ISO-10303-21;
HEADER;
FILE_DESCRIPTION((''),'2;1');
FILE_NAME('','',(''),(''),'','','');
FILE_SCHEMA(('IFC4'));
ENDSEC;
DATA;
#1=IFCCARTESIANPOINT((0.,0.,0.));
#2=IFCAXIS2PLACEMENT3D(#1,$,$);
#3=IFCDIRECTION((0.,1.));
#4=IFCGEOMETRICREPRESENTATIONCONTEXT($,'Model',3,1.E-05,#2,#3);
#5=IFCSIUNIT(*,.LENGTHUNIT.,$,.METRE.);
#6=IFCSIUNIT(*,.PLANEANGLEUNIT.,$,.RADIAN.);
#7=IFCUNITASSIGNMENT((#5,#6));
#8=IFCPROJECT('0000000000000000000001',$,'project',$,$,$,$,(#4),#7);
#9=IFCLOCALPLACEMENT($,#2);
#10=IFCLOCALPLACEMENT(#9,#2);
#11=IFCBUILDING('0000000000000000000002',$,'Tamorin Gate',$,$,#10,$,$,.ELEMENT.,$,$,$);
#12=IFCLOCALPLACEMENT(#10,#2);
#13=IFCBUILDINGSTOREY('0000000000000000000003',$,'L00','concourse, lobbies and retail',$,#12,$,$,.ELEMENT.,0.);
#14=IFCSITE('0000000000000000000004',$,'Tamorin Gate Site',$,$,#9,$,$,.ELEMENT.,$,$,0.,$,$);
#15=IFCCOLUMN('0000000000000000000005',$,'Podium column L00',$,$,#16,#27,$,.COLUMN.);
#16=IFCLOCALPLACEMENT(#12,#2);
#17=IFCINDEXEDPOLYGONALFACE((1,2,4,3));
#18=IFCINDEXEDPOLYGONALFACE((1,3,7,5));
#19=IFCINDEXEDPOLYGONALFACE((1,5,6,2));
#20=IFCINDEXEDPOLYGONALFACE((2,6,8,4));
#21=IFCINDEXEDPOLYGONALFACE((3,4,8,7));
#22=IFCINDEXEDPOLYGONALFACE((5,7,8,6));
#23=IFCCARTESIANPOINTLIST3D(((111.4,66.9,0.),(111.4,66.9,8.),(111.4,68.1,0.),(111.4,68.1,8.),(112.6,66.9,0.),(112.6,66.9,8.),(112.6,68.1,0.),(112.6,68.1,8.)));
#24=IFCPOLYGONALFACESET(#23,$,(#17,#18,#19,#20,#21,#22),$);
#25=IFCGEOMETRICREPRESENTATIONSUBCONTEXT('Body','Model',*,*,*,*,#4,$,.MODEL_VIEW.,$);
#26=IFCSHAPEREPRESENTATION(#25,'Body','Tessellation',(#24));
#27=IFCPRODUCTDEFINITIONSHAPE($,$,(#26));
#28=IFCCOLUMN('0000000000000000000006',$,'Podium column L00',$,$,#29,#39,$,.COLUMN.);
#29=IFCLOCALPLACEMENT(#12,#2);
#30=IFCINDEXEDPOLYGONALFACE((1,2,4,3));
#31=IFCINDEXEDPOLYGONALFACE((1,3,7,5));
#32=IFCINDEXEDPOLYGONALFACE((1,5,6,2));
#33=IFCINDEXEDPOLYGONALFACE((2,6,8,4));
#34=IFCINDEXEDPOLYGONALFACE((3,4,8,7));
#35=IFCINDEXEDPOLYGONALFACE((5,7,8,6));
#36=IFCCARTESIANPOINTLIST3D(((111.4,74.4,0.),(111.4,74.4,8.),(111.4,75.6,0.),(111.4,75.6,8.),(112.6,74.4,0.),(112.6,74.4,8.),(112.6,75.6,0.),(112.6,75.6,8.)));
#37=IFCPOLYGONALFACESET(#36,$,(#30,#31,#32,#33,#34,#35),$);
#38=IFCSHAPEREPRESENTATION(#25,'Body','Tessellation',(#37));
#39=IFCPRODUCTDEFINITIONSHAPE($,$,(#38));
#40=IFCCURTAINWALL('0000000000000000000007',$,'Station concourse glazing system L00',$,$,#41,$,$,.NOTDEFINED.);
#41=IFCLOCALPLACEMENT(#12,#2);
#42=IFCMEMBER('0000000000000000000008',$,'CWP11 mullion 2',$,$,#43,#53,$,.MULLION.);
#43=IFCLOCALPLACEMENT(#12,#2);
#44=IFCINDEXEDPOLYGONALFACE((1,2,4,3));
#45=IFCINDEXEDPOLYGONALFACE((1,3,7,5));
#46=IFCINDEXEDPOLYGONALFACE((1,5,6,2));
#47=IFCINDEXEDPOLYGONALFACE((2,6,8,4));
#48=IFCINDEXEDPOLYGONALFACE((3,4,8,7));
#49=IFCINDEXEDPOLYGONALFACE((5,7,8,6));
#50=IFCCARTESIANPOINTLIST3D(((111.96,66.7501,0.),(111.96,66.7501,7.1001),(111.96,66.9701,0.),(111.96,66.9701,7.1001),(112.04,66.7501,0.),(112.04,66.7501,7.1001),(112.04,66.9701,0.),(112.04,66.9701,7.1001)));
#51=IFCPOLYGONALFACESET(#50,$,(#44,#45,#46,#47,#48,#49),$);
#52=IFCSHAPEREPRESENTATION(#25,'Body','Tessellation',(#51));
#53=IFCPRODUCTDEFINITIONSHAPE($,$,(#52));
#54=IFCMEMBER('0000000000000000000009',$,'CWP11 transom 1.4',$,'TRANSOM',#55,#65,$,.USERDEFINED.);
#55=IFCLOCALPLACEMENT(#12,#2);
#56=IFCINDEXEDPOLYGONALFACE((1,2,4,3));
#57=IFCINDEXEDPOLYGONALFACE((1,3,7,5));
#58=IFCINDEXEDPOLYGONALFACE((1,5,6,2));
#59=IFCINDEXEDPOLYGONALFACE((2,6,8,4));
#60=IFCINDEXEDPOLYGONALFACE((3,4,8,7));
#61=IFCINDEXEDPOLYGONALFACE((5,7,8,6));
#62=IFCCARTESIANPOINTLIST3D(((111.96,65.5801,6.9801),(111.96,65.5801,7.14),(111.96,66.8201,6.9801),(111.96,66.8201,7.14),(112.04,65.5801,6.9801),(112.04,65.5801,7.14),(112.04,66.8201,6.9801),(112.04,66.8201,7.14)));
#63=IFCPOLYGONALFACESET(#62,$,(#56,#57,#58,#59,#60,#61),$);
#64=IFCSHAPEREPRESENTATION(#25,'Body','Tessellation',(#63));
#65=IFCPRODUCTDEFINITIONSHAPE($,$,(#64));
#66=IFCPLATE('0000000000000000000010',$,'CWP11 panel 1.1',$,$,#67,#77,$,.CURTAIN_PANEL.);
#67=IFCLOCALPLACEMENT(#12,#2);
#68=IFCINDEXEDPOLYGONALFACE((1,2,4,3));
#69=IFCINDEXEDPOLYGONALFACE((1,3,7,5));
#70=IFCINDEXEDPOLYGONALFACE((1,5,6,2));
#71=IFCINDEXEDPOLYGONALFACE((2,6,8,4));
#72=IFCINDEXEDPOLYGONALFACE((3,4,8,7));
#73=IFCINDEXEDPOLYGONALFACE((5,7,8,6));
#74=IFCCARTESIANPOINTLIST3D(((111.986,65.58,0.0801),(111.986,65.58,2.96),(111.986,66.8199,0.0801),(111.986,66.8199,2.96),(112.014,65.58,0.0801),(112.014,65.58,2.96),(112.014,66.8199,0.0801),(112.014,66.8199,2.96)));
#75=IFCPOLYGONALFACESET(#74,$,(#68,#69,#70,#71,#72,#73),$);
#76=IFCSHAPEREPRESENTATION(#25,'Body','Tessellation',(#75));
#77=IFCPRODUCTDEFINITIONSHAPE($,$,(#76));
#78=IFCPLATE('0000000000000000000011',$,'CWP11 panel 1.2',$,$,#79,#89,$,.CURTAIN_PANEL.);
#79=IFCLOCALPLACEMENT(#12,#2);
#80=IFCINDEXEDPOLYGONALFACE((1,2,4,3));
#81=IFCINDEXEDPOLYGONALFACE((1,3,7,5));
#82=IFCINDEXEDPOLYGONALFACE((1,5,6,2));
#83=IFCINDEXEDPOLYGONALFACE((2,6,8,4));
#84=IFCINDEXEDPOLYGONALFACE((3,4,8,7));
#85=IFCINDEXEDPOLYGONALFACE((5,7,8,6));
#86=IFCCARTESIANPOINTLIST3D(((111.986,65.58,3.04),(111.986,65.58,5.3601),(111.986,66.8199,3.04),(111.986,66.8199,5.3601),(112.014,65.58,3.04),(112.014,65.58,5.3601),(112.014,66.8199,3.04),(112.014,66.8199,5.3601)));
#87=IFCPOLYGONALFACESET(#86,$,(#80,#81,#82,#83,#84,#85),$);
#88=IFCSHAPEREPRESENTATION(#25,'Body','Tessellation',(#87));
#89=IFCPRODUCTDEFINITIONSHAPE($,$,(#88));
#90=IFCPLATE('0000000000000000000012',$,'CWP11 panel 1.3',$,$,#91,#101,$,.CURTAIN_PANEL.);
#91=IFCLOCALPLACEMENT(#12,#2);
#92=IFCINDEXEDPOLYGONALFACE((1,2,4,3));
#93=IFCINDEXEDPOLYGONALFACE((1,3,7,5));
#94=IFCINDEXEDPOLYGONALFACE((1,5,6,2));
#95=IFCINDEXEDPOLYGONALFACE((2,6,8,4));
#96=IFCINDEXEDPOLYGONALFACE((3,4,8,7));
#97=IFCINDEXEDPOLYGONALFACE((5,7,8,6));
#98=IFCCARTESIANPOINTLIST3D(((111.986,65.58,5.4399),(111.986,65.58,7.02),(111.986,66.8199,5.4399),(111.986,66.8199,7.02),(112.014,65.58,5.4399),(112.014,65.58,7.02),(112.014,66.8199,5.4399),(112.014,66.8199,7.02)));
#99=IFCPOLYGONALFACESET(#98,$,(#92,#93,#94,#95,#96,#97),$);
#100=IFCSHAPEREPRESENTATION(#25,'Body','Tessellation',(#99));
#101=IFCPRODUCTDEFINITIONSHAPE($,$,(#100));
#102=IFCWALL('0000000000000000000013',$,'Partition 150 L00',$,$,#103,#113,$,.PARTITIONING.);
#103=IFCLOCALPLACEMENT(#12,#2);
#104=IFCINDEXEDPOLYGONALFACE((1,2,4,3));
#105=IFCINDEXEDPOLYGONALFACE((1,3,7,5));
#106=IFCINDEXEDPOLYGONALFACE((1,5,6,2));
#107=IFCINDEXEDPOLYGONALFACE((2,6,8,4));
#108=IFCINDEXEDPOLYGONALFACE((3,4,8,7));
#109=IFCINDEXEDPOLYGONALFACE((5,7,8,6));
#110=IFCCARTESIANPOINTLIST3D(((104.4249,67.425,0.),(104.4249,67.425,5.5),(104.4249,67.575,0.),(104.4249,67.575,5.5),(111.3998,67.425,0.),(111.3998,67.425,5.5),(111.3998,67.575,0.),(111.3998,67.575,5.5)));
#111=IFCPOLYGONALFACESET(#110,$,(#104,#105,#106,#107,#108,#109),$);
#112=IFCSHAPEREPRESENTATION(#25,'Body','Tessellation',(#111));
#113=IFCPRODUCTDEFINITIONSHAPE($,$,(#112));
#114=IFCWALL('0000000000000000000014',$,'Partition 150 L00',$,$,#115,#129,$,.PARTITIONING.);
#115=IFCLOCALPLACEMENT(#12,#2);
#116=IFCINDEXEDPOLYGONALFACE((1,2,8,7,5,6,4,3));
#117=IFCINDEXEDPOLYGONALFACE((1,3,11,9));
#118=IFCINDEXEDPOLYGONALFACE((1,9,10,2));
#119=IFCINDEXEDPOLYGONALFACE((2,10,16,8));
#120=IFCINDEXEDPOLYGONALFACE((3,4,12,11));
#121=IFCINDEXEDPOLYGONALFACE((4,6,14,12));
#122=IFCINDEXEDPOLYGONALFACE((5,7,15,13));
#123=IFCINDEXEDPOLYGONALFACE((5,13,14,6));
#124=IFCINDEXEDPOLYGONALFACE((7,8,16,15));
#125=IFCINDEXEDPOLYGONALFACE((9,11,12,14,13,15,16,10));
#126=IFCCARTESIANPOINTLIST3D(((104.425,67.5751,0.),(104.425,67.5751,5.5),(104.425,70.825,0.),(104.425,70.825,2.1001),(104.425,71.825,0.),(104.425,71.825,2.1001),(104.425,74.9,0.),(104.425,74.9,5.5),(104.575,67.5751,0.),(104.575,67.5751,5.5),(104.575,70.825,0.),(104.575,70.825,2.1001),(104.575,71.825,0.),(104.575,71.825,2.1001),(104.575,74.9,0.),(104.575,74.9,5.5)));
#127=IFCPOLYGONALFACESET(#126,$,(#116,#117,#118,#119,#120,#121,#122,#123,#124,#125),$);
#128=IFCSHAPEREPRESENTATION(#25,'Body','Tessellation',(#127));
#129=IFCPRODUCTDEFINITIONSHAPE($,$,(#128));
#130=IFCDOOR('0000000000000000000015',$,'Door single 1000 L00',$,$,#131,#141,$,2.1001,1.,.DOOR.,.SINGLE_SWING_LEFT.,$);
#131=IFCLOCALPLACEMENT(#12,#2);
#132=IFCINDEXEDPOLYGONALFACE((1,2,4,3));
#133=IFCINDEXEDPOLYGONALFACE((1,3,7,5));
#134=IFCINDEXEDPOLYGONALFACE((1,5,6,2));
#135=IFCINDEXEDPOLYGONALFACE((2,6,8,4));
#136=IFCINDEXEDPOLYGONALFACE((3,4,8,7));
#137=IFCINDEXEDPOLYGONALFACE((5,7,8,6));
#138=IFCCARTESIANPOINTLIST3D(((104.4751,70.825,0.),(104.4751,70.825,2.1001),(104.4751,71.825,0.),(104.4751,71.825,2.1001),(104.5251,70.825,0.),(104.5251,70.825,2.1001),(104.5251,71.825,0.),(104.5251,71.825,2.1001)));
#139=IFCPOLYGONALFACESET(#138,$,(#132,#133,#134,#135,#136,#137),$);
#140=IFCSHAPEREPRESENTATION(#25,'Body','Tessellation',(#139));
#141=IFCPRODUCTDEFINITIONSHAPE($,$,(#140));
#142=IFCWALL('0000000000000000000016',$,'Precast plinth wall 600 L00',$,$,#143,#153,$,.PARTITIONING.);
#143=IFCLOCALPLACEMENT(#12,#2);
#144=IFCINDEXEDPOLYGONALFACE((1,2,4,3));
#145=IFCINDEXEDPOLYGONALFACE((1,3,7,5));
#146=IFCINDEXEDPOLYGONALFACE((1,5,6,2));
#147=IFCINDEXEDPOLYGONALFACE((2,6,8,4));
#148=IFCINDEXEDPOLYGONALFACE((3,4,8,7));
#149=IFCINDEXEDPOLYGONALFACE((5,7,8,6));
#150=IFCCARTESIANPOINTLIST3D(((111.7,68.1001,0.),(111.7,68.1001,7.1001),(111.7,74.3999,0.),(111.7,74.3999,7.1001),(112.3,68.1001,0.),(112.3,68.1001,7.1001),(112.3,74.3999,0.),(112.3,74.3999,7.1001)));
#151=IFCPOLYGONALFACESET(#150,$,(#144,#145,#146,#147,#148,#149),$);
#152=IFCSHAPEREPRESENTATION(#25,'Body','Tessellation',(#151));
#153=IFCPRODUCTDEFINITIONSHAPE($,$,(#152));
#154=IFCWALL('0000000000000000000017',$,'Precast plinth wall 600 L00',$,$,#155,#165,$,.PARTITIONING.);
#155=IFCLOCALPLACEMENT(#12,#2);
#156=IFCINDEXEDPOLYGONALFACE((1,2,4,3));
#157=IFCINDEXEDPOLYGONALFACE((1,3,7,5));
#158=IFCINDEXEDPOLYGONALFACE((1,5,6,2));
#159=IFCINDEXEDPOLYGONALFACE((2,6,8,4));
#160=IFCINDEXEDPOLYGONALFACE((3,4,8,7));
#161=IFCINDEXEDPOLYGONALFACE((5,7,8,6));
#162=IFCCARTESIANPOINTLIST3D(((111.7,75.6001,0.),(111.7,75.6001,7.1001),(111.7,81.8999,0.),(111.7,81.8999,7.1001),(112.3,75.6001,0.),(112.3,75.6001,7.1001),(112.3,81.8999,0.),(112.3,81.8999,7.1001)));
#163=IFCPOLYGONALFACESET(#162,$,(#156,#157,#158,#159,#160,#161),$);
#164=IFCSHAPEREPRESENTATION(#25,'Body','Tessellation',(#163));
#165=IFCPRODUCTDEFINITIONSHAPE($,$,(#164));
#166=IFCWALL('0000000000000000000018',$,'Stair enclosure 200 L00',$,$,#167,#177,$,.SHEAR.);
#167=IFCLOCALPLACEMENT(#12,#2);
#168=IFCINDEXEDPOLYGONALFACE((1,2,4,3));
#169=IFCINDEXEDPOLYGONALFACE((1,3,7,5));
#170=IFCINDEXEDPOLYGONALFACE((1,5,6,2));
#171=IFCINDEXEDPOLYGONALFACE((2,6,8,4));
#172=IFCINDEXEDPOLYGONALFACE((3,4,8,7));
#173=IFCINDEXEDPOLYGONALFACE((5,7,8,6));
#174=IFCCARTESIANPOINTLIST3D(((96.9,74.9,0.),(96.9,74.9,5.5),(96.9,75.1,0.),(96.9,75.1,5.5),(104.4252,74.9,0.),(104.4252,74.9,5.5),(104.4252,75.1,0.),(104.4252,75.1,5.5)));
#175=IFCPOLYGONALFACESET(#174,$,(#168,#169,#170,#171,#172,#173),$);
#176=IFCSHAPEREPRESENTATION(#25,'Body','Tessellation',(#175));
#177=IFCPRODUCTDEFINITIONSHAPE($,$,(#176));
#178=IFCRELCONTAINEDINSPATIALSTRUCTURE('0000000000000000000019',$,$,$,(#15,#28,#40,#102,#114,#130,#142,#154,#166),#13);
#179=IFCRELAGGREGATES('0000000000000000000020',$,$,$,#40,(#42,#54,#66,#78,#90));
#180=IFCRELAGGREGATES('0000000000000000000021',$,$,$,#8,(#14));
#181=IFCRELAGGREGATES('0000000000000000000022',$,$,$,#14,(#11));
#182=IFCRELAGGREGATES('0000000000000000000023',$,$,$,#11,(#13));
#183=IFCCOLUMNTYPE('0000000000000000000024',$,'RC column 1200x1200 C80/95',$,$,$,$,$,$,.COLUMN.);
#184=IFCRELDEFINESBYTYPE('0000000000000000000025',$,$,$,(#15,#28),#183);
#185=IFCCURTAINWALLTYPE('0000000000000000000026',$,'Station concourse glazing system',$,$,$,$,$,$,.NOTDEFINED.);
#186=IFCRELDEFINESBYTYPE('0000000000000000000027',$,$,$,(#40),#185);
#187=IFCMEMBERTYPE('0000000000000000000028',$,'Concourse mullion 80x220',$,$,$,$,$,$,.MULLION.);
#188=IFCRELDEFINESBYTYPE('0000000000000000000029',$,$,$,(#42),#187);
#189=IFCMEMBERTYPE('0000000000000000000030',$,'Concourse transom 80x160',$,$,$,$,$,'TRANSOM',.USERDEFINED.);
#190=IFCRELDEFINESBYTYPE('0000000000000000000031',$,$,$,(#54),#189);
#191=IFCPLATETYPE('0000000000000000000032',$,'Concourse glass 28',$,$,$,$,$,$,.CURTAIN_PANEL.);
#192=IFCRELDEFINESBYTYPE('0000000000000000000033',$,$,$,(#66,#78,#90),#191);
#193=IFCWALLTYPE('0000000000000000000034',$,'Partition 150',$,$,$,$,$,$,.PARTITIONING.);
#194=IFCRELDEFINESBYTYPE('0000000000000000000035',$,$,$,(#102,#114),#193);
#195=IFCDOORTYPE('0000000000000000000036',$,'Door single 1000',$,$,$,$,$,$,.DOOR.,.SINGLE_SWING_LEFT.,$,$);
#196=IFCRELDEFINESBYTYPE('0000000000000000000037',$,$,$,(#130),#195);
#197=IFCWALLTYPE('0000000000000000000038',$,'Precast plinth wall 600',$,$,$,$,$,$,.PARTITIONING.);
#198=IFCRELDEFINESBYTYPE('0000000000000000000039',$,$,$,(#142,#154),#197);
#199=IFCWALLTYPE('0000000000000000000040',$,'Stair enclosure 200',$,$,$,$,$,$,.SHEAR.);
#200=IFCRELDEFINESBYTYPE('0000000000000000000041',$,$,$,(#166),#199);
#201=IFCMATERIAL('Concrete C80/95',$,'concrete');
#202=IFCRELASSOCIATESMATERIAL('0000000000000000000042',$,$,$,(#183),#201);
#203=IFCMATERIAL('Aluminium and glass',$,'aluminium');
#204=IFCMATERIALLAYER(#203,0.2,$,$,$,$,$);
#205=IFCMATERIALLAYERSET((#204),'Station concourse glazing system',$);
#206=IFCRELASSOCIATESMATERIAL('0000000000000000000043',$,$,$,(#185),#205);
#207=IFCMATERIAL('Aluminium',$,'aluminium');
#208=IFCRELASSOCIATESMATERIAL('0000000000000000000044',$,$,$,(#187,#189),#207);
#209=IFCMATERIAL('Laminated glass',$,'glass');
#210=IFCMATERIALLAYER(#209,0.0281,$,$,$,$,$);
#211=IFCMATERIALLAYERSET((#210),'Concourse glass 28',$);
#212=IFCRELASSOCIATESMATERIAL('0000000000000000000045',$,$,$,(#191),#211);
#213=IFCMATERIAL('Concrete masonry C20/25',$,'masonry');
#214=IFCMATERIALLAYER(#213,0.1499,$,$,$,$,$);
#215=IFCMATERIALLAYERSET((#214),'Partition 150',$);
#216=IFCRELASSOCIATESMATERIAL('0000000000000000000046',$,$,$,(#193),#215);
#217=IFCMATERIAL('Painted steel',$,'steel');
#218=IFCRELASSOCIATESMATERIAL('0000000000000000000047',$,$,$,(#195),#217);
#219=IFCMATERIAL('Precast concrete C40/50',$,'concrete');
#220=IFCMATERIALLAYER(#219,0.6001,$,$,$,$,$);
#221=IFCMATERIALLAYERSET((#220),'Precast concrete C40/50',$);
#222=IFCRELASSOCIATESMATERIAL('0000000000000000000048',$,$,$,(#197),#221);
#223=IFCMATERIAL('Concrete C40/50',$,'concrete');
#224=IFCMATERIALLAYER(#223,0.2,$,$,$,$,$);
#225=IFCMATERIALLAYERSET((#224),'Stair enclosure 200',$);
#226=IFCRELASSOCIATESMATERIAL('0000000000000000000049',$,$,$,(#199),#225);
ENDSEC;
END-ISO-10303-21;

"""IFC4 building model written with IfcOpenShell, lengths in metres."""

from ifc_helpers import new_model, si_unit, direction, frame, frame_2d, origin, origin_2d, place, context, subcontext, project, spatial, rectangle, extrude, material, layer, layer_set, material_profile, profile_set, type_object, element, fill, aggregate, save


model = new_model("IFC4")

# Units and contexts
model_context = context("Model", 3, precision=1e-05, world=origin(), true_north=direction((0.0, 1.0)))
body_context = subcontext(model_context, "Body", "Model", "MODEL_VIEW")
ifc_project = project(units=[si_unit("LENGTHUNIT", "METRE"), si_unit("PLANEANGLEUNIT", "RADIAN")], contexts=[model_context])

# Site, building, storey
site_placement = place(None, origin())
site = spatial("IfcSite", under=ifc_project, at=site_placement, Name="Tamorin Gate Site", CompositionType="ELEMENT", RefElevation=0.0)
building_placement = place(site_placement, origin())
building = spatial("IfcBuilding", under=site, at=building_placement, Name="Tamorin Gate", CompositionType="ELEMENT")
storey_placement = place(building_placement, origin())
storey = spatial("IfcBuildingStorey", under=building, at=storey_placement, Name="L00", Description="concourse, lobbies and retail", CompositionType="ELEMENT", Elevation=0.0)

# Columns
ifc_material_1 = material(Name="Concrete C80/95", Category="concrete")
ifc_material_profile_1 = material_profile(ifc_material_1, rectangle(XDim=1.2, YDim=1.2, at=origin_2d()), Name="RC 1200x1200")
ifc_profile_set_1 = profile_set([ifc_material_profile_1], Name="Concrete C80/95")
column_type = type_object("IfcColumnType", Name="RC column 1200x1200 C80/95", PredefinedType="COLUMN", material=ifc_profile_set_1)
for number, where, z_axis, x_axis, name in (
    (1, (112.0, 67.5, 0.0), (0.0, 0.0, 1.0), (1.0, 0.0, 0.0), "Podium column L00"),
    (2, (112.0, 75.0, 0.0), (0.0, 0.0, 1.0), (1.0, 0.0, 0.0), "Podium column L00"),
):
    element("IfcColumn", number, at=place(storey_placement, frame(where, z_axis=z_axis, x_axis=x_axis)), inside=storey, type_object=column_type, Name=name, PredefinedType="COLUMN", context=body_context, shape_type="SweptSolid", body=[
        extrude(rectangle(XDim=1.2, YDim=1.2, at=origin_2d()), origin(), (0.0, 0.0, 1.0), 8.0),
    ])

# Curtain wall, members, plates
ifc_material_2 = material(Name="Aluminium and glass", Category="aluminium")
ifc_layer_1 = layer(ifc_material_2, 0.2)
ifc_layer_set_1 = layer_set([ifc_layer_1], Name="Station concourse glazing system")
curtain_wall_type = type_object("IfcCurtainWallType", Name="Station concourse glazing system", PredefinedType="NOTDEFINED", material=ifc_layer_set_1)
curtain_wall_placement = place(storey_placement, origin())
curtain_wall = element("IfcCurtainWall", 3, at=curtain_wall_placement, inside=storey, type_object=curtain_wall_type, Name="Station concourse glazing system L00", PredefinedType="NOTDEFINED")
ifc_material_3 = material(Name="Aluminium", Category="aluminium")
ifc_material_profile_2 = material_profile(ifc_material_3, rectangle(XDim=0.0801, YDim=0.22, at=origin_2d()), Name="RECT 80x220")
ifc_profile_set_2 = profile_set([ifc_material_profile_2], Name="Aluminium")
member_type_1 = type_object("IfcMemberType", Name="Concourse mullion 80x220", PredefinedType="MULLION", material=ifc_profile_set_2)
member_1_placement = place(storey_placement, frame((112.0, 66.8601, 0.0), z_axis=(0.0, 0.0, 1.0), x_axis=(-1.0, 0.0, 0.0)))
member_1 = element("IfcMember", 4, at=member_1_placement, type_object=member_type_1, Name="CWP11 mullion 2", PredefinedType="MULLION", context=body_context, shape_type="SweptSolid", body=[
    extrude(rectangle(XDim=0.0801, YDim=0.22, at=origin_2d()), origin(), (0.0, 0.0, 1.0), 7.1001),
])
ifc_material_profile_3 = material_profile(ifc_material_3, rectangle(XDim=0.0801, YDim=0.1599, at=origin_2d()), Name="RECT 80x160")
ifc_profile_set_3 = profile_set([ifc_material_profile_3], Name="Aluminium")
member_type_2 = type_object("IfcMemberType", Name="Concourse transom 80x160", ElementType="TRANSOM", PredefinedType="USERDEFINED", material=ifc_profile_set_3)
member_2_placement = place(storey_placement, frame((112.0, 65.5801, 7.0601), z_axis=(0.0, 1.0, 0.0), x_axis=(-1.0, 0.0, 0.0)))
member_2 = element("IfcMember", 5, at=member_2_placement, type_object=member_type_2, Name="CWP11 transom 1.4", ObjectType="TRANSOM", PredefinedType="USERDEFINED", context=body_context, shape_type="SweptSolid", body=[
    extrude(rectangle(XDim=0.0801, YDim=0.1599, at=origin_2d()), origin(), (0.0, 0.0, 1.0), 1.24),
])
ifc_material_4 = material(Name="Laminated glass", Category="glass")
ifc_layer_2 = layer(ifc_material_4, 0.0281)
ifc_layer_set_2 = layer_set([ifc_layer_2], Name="Concourse glass 28")
plate_type = type_object("IfcPlateType", Name="Concourse glass 28", PredefinedType="CURTAIN_PANEL", material=ifc_layer_set_2)
plate_1_placement = place(storey_placement, frame((112.0, 66.2, 0.0801), z_axis=(0.0, 0.0, 1.0), x_axis=(0.0, 1.0, 0.0)))
plate_1 = element("IfcPlate", 6, at=plate_1_placement, type_object=plate_type, Name="CWP11 panel 1.1", PredefinedType="CURTAIN_PANEL", context=body_context, shape_type="SweptSolid", body=[
    extrude(rectangle(XDim=1.24, YDim=0.0281, at=origin_2d()), origin(), (0.0, 0.0, 1.0), 2.8799),
])
plate_2_placement = place(storey_placement, frame((112.0, 66.2, 3.04), z_axis=(0.0, 0.0, 1.0), x_axis=(0.0, 1.0, 0.0)))
plate_2 = element("IfcPlate", 7, at=plate_2_placement, type_object=plate_type, Name="CWP11 panel 1.2", PredefinedType="CURTAIN_PANEL", context=body_context, shape_type="SweptSolid", body=[
    extrude(rectangle(XDim=1.24, YDim=0.0281, at=origin_2d()), origin(), (0.0, 0.0, 1.0), 2.3201),
])
plate_3_placement = place(storey_placement, frame((112.0, 66.2, 5.4399), z_axis=(0.0, 0.0, 1.0), x_axis=(0.0, 1.0, 0.0)))
plate_3 = element("IfcPlate", 8, at=plate_3_placement, type_object=plate_type, Name="CWP11 panel 1.3", PredefinedType="CURTAIN_PANEL", context=body_context, shape_type="SweptSolid", body=[
    extrude(rectangle(XDim=1.24, YDim=0.0281, at=origin_2d()), origin(), (0.0, 0.0, 1.0), 1.5801),
])
aggregate(curtain_wall, [member_1, member_2, plate_1, plate_2, plate_3])

# Wall
ifc_material_5 = material(Name="Concrete masonry C20/25", Category="masonry")
ifc_layer_3 = layer(ifc_material_5, 0.1499)
ifc_layer_set_3 = layer_set([ifc_layer_3], Name="Partition 150")
wall_type_1 = type_object("IfcWallType", Name="Partition 150", PredefinedType="PARTITIONING", material=ifc_layer_set_3)
wall_1_placement = place(storey_placement, frame((104.425, 67.5, 0.0), z_axis=(0.0, 0.0, 1.0), x_axis=(1.0, 0.0, 0.0)))
element("IfcWall", 9, at=wall_1_placement, inside=storey, type_object=wall_type_1, Name="Partition 150 L00", PredefinedType="PARTITIONING", context=body_context, shape_type="SweptSolid", body=[
    extrude(rectangle(XDim=6.9749, YDim=0.1499, at=frame_2d((3.4873, 0.0))), origin(), (0.0, 0.0, 1.0), 5.5),
])

# Wall, opening, door
wall_2_placement = place(storey_placement, frame((104.5, 67.575, 0.0), z_axis=(0.0, 0.0, 1.0), x_axis=(0.0, 1.0, 0.0)))
wall_2 = element("IfcWall", 10, at=wall_2_placement, inside=storey, type_object=wall_type_1, Name="Partition 150 L00", PredefinedType="PARTITIONING", context=body_context, shape_type="SweptSolid", body=[
    extrude(rectangle(XDim=7.325, YDim=0.1499, at=frame_2d((3.6626, 0.0))), origin(), (0.0, 0.0, 1.0), 5.5),
])
opening_placement = place(wall_2_placement, frame((3.25, 0.0, 0.0)))
opening = element("IfcOpeningElement", 11, at=opening_placement, cuts=wall_2, PredefinedType="OPENING", context=body_context, shape_type="SweptSolid", body=[
    extrude(rectangle(XDim=1.0, YDim=2.1001, at=frame_2d((0.5, 1.05))), frame((0.0, 0.085, 0.0), z_axis=(0.0, -1.0, 0.0), x_axis=(1.0, 0.0, 0.0)), (0.0, 0.0, 1.0), 0.1699),
])
ifc_material_6 = material(Name="Painted steel", Category="steel")
door_type = type_object("IfcDoorType", Name="Door single 1000", OperationType="SINGLE_SWING_LEFT", PredefinedType="DOOR", material=ifc_material_6)
door_placement = place(opening_placement, origin())
door = element("IfcDoor", 12, at=door_placement, inside=storey, type_object=door_type, Name="Door single 1000 L00", OperationType="SINGLE_SWING_LEFT", OverallHeight=2.1001, OverallWidth=1.0, PredefinedType="DOOR", context=body_context, shape_type="SweptSolid", body=[
    extrude(rectangle(XDim=1.0, YDim=2.1001, at=frame_2d((0.5, 1.05))), frame((0.0, 0.0249, 0.0), z_axis=(0.0, -1.0, 0.0), x_axis=(1.0, 0.0, 0.0)), (0.0, 0.0, 1.0), 0.05),
])
fill(opening, door)

# Walls
ifc_material_7 = material(Name="Precast concrete C40/50", Category="concrete")
ifc_layer_4 = layer(ifc_material_7, 0.6001)
ifc_layer_set_4 = layer_set([ifc_layer_4], Name="Precast concrete C40/50")
wall_type_2 = type_object("IfcWallType", Name="Precast plinth wall 600", PredefinedType="PARTITIONING", material=ifc_layer_set_4)
for number, where, z_axis, x_axis, name in (
    (13, (112.0, 68.1001, 0.0), (0.0, 0.0, 1.0), (0.0, 1.0, 0.0), "Precast plinth wall 600 L00"),
    (14, (112.0, 75.6001, 0.0), (0.0, 0.0, 1.0), (0.0, 1.0, 0.0), "Precast plinth wall 600 L00"),
):
    element("IfcWall", number, at=place(storey_placement, frame(where, z_axis=z_axis, x_axis=x_axis)), inside=storey, type_object=wall_type_2, Name=name, PredefinedType="PARTITIONING", context=body_context, shape_type="SweptSolid", body=[
        extrude(rectangle(XDim=6.2998, YDim=0.6001, at=frame_2d((3.1499, 0.0))), origin(), (0.0, 0.0, 1.0), 7.1001),
    ])
ifc_material_8 = material(Name="Concrete C40/50", Category="concrete")
ifc_layer_5 = layer(ifc_material_8, 0.2)
ifc_layer_set_5 = layer_set([ifc_layer_5], Name="Stair enclosure 200")
wall_type_3 = type_object("IfcWallType", Name="Stair enclosure 200", PredefinedType="SHEAR", material=ifc_layer_set_5)
wall_3_placement = place(storey_placement, frame((96.8999, 75.0, 0.0), z_axis=(0.0, 0.0, 1.0), x_axis=(1.0, 0.0, 0.0)))
element("IfcWall", 15, at=wall_3_placement, inside=storey, type_object=wall_type_3, Name="Stair enclosure 200 L00", PredefinedType="SHEAR", context=body_context, shape_type="SweptSolid", body=[
    extrude(rectangle(XDim=7.5251, YDim=0.2, at=frame_2d((3.7627, 0.0))), origin(), (0.0, 0.0, 1.0), 5.5),
])

save(model, "model.ifc")
